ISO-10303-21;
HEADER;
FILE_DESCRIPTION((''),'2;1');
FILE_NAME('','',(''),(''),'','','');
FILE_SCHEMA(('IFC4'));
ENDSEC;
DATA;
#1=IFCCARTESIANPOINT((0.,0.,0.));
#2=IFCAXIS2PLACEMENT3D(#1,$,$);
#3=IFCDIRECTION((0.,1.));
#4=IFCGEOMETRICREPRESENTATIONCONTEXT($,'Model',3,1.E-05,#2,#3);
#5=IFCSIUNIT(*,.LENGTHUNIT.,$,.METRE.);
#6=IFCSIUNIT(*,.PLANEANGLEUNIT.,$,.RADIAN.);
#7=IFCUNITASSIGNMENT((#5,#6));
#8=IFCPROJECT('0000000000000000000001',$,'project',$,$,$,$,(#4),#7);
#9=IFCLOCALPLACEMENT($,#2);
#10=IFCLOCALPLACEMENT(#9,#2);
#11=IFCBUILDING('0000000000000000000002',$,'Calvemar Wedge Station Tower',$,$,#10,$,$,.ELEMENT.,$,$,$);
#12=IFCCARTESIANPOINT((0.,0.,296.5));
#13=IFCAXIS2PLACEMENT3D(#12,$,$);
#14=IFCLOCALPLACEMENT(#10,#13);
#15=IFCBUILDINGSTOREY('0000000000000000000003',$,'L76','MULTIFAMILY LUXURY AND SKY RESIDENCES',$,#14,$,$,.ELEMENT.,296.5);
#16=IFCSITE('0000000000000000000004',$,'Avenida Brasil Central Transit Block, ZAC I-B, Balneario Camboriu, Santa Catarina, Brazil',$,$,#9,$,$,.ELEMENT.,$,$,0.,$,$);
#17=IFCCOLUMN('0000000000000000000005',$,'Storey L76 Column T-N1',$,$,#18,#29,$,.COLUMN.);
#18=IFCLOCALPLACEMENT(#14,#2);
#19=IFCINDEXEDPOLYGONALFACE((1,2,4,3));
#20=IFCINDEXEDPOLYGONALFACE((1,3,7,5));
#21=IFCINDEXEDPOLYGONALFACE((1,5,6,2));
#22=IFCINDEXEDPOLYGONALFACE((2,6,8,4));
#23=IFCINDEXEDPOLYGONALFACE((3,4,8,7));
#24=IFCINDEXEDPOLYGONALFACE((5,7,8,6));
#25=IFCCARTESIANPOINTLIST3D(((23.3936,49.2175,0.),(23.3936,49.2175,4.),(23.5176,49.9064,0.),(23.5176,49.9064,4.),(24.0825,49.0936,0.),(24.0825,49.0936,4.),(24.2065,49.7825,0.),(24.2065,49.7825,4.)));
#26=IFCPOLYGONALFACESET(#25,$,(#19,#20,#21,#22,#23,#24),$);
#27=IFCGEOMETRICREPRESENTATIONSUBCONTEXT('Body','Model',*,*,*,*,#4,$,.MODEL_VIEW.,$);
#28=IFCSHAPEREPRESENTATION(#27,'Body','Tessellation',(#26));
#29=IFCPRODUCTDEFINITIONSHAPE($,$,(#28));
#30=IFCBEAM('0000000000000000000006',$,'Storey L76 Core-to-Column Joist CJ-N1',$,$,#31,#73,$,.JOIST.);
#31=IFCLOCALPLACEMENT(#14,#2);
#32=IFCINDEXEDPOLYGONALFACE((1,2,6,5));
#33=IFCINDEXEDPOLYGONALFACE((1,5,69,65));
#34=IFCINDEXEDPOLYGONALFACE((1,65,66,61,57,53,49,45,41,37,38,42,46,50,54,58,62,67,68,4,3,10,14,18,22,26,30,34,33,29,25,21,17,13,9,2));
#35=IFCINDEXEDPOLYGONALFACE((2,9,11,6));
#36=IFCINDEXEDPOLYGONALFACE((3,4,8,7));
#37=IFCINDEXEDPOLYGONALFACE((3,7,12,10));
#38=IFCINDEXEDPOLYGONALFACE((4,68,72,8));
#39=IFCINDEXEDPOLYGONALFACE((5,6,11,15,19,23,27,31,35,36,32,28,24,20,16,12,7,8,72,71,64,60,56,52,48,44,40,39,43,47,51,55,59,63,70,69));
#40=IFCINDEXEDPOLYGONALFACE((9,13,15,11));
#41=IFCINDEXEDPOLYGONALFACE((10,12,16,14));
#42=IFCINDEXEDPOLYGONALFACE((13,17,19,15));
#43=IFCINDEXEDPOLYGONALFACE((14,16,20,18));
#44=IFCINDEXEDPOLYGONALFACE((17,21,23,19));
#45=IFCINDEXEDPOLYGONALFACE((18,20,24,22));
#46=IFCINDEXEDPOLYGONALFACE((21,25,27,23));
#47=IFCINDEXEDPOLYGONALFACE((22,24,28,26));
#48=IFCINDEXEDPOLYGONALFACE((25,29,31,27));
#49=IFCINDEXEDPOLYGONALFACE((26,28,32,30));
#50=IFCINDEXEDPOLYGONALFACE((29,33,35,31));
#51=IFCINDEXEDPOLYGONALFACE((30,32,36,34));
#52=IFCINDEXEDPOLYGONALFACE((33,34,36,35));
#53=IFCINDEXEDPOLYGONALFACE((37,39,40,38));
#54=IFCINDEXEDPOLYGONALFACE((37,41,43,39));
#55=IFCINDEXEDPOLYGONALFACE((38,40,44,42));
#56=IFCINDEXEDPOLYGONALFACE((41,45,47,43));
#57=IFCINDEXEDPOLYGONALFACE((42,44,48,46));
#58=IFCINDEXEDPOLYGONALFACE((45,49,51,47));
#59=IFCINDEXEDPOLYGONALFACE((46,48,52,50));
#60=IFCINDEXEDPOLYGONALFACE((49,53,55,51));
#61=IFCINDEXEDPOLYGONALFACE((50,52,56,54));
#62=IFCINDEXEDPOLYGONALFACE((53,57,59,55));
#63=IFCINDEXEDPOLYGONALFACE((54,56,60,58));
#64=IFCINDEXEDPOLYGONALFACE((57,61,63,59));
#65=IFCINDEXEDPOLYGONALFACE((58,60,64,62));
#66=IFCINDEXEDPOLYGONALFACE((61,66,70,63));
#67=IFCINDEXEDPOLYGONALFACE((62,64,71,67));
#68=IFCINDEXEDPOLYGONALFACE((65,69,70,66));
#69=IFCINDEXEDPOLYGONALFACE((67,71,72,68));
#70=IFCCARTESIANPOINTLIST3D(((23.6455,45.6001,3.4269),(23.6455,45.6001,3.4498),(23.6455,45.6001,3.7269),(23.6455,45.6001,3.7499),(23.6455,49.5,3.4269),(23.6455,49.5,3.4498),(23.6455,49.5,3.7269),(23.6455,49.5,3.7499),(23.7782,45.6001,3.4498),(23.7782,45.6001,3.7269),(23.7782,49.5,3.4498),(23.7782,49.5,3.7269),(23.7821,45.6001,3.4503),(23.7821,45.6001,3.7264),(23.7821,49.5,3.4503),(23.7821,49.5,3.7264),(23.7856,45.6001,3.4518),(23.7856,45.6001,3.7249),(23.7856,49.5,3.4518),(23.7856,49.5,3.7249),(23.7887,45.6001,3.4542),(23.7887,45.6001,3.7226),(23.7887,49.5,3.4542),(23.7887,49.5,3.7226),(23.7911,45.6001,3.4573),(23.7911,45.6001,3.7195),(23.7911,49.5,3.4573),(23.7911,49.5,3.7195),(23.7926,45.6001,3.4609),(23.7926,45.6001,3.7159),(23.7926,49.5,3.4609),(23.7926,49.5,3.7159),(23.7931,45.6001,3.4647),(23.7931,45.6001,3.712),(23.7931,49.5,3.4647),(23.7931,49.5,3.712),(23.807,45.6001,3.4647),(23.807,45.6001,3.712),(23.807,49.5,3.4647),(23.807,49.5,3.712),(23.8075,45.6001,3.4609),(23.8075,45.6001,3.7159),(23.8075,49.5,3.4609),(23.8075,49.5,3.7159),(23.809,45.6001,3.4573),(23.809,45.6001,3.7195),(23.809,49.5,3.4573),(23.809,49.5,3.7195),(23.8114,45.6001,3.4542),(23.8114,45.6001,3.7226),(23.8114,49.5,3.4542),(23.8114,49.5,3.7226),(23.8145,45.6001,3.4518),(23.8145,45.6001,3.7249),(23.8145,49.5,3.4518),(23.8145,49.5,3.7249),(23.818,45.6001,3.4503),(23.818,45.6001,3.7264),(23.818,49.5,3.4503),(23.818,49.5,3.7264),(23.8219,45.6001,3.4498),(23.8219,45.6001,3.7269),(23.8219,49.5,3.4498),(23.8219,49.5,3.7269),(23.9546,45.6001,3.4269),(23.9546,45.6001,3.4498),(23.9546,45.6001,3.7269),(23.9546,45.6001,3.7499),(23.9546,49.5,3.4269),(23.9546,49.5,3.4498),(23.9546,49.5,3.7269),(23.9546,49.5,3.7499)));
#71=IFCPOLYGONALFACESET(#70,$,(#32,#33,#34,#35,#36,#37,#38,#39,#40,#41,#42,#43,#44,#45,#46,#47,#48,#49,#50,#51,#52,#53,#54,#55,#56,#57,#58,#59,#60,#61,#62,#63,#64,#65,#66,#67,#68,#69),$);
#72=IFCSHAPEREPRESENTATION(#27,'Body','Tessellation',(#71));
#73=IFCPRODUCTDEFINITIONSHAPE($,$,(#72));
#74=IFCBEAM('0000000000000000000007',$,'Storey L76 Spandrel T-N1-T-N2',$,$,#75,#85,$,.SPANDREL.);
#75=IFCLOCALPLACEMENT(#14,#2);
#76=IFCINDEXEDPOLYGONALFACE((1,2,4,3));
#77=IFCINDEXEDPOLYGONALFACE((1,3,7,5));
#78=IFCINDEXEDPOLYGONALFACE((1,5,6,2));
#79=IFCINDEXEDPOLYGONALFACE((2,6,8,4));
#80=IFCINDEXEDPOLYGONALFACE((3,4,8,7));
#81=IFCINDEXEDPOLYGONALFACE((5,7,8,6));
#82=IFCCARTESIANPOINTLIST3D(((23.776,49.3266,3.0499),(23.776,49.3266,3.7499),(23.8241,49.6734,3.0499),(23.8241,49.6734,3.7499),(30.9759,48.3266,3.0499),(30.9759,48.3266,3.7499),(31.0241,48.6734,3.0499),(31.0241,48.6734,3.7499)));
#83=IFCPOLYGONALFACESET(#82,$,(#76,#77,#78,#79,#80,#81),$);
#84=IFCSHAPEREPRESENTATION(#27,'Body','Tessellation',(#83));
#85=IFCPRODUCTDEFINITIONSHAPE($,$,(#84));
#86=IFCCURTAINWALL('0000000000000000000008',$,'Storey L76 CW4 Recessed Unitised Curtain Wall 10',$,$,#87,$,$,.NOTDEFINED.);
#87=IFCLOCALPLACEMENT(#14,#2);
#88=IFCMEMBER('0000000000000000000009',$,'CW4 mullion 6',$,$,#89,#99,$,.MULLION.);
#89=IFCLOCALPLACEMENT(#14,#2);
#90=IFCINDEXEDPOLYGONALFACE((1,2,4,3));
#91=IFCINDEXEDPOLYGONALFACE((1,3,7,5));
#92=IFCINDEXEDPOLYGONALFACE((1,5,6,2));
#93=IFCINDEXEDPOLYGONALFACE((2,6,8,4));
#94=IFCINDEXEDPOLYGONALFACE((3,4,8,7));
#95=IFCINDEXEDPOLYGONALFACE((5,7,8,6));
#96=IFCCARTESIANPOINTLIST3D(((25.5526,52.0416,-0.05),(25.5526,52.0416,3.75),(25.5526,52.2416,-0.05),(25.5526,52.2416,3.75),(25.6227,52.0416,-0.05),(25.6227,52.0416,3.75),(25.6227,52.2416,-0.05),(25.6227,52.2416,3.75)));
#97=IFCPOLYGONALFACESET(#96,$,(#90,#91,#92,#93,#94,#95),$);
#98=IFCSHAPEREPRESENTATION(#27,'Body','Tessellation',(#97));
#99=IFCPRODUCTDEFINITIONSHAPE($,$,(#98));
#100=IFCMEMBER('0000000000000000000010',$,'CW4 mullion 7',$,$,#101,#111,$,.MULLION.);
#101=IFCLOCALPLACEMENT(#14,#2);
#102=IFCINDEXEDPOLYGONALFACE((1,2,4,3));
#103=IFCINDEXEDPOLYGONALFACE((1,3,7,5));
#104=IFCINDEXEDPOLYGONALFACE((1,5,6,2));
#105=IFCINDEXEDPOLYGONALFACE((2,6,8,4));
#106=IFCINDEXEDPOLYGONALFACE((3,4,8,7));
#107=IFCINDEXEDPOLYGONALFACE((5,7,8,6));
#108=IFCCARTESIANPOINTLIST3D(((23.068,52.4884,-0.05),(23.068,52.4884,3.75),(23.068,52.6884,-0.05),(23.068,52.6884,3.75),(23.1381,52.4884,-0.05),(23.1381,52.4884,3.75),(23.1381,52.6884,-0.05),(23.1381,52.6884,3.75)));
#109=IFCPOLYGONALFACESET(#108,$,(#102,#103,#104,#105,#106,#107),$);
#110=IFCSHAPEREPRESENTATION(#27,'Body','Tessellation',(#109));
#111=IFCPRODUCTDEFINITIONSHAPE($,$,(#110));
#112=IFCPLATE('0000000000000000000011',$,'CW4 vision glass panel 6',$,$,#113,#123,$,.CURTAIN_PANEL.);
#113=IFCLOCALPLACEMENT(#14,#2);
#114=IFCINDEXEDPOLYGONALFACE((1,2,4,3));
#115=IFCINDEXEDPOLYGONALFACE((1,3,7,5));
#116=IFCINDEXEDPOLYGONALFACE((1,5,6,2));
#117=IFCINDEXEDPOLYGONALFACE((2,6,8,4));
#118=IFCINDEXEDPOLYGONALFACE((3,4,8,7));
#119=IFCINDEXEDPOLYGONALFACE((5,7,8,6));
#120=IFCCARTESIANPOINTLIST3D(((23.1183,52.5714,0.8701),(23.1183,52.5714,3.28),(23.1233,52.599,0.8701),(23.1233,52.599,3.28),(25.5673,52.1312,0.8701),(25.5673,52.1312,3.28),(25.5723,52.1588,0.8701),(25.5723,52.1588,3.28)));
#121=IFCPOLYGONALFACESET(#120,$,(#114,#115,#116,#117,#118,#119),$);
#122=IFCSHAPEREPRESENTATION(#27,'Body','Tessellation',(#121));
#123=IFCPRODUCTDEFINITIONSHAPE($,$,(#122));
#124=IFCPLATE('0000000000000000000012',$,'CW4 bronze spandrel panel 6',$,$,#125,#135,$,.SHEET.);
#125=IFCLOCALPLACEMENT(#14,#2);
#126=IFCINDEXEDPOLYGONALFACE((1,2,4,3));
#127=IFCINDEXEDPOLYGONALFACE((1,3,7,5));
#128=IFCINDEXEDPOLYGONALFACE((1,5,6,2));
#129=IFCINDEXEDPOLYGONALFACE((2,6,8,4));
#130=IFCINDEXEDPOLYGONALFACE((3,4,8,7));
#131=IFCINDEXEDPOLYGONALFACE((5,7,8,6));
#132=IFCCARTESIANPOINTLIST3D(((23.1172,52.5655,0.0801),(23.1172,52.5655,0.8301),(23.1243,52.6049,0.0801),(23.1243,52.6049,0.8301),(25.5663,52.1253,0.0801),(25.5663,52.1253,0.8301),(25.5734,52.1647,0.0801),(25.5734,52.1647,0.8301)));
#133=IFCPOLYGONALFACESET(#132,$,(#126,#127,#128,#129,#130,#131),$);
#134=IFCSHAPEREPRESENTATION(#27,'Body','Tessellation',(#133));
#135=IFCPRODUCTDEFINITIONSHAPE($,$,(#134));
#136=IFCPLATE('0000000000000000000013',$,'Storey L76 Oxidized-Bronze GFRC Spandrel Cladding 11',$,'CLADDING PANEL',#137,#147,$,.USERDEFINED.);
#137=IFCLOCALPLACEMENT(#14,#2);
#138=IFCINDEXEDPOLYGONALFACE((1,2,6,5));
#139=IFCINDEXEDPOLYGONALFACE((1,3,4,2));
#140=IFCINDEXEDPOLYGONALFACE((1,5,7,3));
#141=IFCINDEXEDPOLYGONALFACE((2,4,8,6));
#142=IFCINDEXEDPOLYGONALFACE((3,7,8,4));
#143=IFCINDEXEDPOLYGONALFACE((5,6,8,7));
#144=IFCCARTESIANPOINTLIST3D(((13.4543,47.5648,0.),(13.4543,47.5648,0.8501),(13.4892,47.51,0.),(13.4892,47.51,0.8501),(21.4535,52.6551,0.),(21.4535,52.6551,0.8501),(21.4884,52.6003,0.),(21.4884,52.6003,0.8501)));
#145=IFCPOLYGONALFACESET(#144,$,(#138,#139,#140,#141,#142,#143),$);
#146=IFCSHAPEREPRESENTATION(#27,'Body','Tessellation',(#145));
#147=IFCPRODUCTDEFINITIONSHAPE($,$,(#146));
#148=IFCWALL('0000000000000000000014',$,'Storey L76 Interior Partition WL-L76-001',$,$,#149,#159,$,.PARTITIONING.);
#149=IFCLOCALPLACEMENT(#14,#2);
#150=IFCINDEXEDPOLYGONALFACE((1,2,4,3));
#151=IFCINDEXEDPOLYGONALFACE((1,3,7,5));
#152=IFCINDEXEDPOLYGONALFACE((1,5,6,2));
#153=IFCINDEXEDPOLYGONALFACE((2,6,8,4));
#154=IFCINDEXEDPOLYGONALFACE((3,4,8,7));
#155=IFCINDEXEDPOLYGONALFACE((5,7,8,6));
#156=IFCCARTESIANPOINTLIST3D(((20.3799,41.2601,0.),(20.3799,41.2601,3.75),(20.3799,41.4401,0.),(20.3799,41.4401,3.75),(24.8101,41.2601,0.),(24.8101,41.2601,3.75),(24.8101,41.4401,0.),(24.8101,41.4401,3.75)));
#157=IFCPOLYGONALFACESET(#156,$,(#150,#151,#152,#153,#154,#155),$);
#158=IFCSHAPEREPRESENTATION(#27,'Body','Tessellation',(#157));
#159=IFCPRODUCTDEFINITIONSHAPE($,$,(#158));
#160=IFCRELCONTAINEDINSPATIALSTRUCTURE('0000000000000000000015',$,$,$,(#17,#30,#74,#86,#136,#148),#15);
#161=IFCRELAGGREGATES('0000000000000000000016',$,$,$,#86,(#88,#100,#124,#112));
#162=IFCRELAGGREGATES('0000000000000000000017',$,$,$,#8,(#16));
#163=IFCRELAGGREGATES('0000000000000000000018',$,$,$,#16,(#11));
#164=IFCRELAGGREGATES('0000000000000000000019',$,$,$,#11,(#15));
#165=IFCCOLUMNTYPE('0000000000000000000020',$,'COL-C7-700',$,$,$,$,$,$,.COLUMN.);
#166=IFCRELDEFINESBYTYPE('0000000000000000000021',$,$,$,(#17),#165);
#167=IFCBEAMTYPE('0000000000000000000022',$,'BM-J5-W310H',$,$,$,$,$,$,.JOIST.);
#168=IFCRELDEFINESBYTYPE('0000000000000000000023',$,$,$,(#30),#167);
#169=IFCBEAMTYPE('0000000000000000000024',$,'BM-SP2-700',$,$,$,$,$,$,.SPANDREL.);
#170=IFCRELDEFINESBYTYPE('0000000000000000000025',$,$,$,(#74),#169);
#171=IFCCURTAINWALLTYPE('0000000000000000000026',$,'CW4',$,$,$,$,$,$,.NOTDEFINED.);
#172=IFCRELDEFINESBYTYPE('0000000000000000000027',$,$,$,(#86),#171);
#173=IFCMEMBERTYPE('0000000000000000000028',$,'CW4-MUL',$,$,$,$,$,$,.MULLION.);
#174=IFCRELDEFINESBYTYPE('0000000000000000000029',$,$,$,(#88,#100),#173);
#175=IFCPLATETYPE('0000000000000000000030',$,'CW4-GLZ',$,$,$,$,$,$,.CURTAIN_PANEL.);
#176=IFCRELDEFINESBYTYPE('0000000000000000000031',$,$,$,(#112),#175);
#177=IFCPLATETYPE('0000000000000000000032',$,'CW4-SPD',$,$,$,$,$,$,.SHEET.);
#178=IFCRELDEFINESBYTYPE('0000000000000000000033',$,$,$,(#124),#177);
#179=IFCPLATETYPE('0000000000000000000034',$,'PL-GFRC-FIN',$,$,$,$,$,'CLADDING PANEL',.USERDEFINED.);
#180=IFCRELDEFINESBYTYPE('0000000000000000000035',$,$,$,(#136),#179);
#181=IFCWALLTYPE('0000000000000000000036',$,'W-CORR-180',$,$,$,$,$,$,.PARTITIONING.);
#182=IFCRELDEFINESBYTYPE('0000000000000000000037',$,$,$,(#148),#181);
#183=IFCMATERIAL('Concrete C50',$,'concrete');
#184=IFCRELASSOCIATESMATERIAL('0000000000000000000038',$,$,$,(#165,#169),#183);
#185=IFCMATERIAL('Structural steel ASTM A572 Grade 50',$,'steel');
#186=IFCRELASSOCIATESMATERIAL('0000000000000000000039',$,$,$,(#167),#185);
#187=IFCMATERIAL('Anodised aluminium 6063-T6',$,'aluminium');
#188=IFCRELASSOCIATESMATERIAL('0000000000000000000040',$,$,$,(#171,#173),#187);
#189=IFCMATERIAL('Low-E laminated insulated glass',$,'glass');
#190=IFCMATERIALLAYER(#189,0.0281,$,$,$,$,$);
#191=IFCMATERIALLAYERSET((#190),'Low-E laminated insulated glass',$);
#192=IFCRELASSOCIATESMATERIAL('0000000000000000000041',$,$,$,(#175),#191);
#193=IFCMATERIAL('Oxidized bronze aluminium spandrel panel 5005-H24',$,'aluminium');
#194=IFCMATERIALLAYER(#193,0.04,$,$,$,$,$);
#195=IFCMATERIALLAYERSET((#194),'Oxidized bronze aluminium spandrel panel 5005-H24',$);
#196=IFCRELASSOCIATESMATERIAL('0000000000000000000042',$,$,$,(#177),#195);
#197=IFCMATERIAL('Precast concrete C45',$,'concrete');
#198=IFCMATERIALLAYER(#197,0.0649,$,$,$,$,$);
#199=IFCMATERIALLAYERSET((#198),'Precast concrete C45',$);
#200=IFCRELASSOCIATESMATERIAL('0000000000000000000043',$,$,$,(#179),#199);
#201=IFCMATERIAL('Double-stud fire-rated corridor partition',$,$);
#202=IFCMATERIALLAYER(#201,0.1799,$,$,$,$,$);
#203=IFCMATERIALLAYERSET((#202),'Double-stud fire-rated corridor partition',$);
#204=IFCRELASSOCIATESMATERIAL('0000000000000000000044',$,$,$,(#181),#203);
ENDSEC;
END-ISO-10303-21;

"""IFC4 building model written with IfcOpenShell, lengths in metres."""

from ifc_helpers import new_model, si_unit, direction, frame, frame_2d, origin, origin_2d, place, context, subcontext, project, spatial, rectangle, i_section, extrude, source, transform, mapped, material, layer, layer_set, material_profile, profile_set, type_object, element, aggregate, save


model = new_model("IFC4")

# Units and contexts
model_context = context("Model", 3, precision=1e-05, world=origin(), true_north=direction((0.0, 1.0)))
body_context = subcontext(model_context, "Body", "Model", "MODEL_VIEW")
ifc_project = project(units=[si_unit("LENGTHUNIT", "METRE"), si_unit("PLANEANGLEUNIT", "RADIAN")], contexts=[model_context])

# Site, building, storey
site_placement = place(None, origin())
site = spatial("IfcSite", under=ifc_project, at=site_placement, Name="Avenida Brasil Central Transit Block, ZAC I-B, Balneario Camboriu, Santa Catarina, Brazil", CompositionType="ELEMENT", RefElevation=0.0)
building_placement = place(site_placement, origin())
building = spatial("IfcBuilding", under=site, at=building_placement, Name="Calvemar Wedge Station Tower", CompositionType="ELEMENT")
storey_placement = place(building_placement, frame((0.0, 0.0, 296.5)))
storey = spatial("IfcBuildingStorey", under=building, at=storey_placement, Name="L76", Description="MULTIFAMILY LUXURY AND SKY RESIDENCES", CompositionType="ELEMENT", Elevation=296.5)

# Column
ifc_material_1 = material(Name="Concrete C50", Category="concrete")
ifc_material_profile_1 = material_profile(ifc_material_1, rectangle(XDim=0.7, YDim=0.7, at=origin_2d()), Name="RC700x700")
ifc_profile_set_1 = profile_set([ifc_material_profile_1], Name="Concrete C50")
column_type = type_object("IfcColumnType", Name="COL-C7-700", PredefinedType="COLUMN", material=ifc_profile_set_1)
shared_shape_1 = source(origin(), body_context, "Body", "SweptSolid", [
    extrude(rectangle(XDim=0.7, YDim=0.7, at=origin_2d()), origin(), (0.0, 0.0, 1.0), 4.0),
])
column_placement = place(storey_placement, frame((23.8, 49.5, 0.0), z_axis=(0.0, 0.0, 1.0), x_axis=(0.984196, -0.177085, 0.0)))
element("IfcColumn", 1, at=column_placement, inside=storey, type_object=column_type, Name="Storey L76 Column T-N1", PredefinedType="COLUMN", context=body_context, shape_type="MappedRepresentation", body=[
    mapped(shared_shape_1, transform((0.0, 0.0, 0.0), scale=1.0)),
])

# Beams
ifc_material_2 = material(Name="Structural steel ASTM A572 Grade 50", Category="steel")
ifc_material_profile_2 = material_profile(ifc_material_2, i_section(OverallWidth=0.3091, OverallDepth=0.323, WebThickness=0.0139, FlangeThickness=0.0229, FilletRadius=0.0149, at=origin_2d()), Name="W310x143")
ifc_profile_set_2 = profile_set([ifc_material_profile_2], Name="Structural steel ASTM A572 Grade 50")
beam_type_1 = type_object("IfcBeamType", Name="BM-J5-W310H", PredefinedType="JOIST", material=ifc_profile_set_2)
shared_shape_2 = source(origin(), body_context, "Body", "SweptSolid", [
    extrude(i_section(OverallWidth=0.3091, OverallDepth=0.323, WebThickness=0.0139, FlangeThickness=0.0229, FilletRadius=0.0149, at=origin_2d()), origin(), (0.0, 0.0, 1.0), 3.8999),
])
beam_1_placement = place(storey_placement, frame((23.8, 45.6001, 3.5884), z_axis=(0.0, 1.0, 0.0), x_axis=(-1.0, 0.0, 0.0)))
element("IfcBeam", 2, at=beam_1_placement, inside=storey, type_object=beam_type_1, Name="Storey L76 Core-to-Column Joist CJ-N1", PredefinedType="JOIST", context=body_context, shape_type="MappedRepresentation", body=[
    mapped(shared_shape_2, transform((0.0, 0.0, 0.0), scale=1.0)),
])
ifc_material_profile_3 = material_profile(ifc_material_1, rectangle(XDim=0.3501, YDim=0.7, at=origin_2d()), Name="RC350x700")
ifc_profile_set_3 = profile_set([ifc_material_profile_3], Name="Concrete C50")
beam_type_2 = type_object("IfcBeamType", Name="BM-SP2-700", PredefinedType="SPANDREL", material=ifc_profile_set_3)
shared_shape_3 = source(origin(), body_context, "Body", "SweptSolid", [
    extrude(rectangle(XDim=0.3501, YDim=0.7, at=origin_2d()), origin(), (0.0, 0.0, 1.0), 7.269),
])
beam_2_placement = place(storey_placement, frame((23.8, 49.5, 3.3999), z_axis=(0.990492, -0.137569, 0.0), x_axis=(0.137569, 0.990492, 0.0)))
element("IfcBeam", 3, at=beam_2_placement, inside=storey, type_object=beam_type_2, Name="Storey L76 Spandrel T-N1-T-N2", PredefinedType="SPANDREL", context=body_context, shape_type="MappedRepresentation", body=[
    mapped(shared_shape_3, transform((0.0, 0.0, 0.0), scale=1.0)),
])

# Curtain wall, members, plates
ifc_material_3 = material(Name="Anodised aluminium 6063-T6", Category="aluminium")
curtain_wall_type = type_object("IfcCurtainWallType", Name="CW4", PredefinedType="NOTDEFINED", material=ifc_material_3)
curtain_wall_placement = place(storey_placement, origin())
curtain_wall = element("IfcCurtainWall", 4, at=curtain_wall_placement, inside=storey, type_object=curtain_wall_type, Name="Storey L76 CW4 Recessed Unitised Curtain Wall 10", PredefinedType="NOTDEFINED")
ifc_material_profile_4 = material_profile(ifc_material_3, rectangle(XDim=0.0701, YDim=0.2, at=origin_2d()), Name="AL-MUL-70x200")
ifc_profile_set_4 = profile_set([ifc_material_profile_4], Name="Anodised aluminium 6063-T6")
member_type = type_object("IfcMemberType", Name="CW4-MUL", PredefinedType="MULLION", material=ifc_profile_set_4)
shared_shape_4 = source(origin(), body_context, "Body", "SweptSolid", [
    extrude(rectangle(XDim=0.0701, YDim=0.2, at=origin_2d()), origin(), (0.0, 0.0, 1.0), 3.8),
])
member_1_placement = place(storey_placement, frame((25.5876, 52.1416, -0.05), z_axis=(0.0, 0.0, 1.0), x_axis=(1.0, 0.0, 0.0)))
member_1 = element("IfcMember", 5, at=member_1_placement, type_object=member_type, Name="CW4 mullion 6", PredefinedType="MULLION", context=body_context, shape_type="MappedRepresentation", body=[
    mapped(shared_shape_4, transform((0.0, 0.0, 0.0), scale=1.0)),
])
member_2_placement = place(storey_placement, frame((23.103, 52.5884, -0.05), z_axis=(0.0, 0.0, 1.0), x_axis=(1.0, 0.0, 0.0)))
member_2 = element("IfcMember", 6, at=member_2_placement, type_object=member_type, Name="CW4 mullion 7", PredefinedType="MULLION", context=body_context, shape_type="MappedRepresentation", body=[
    mapped(shared_shape_4, transform((0.0, 0.0, 0.0), scale=1.0)),
])
ifc_material_4 = material(Name="Low-E laminated insulated glass", Category="glass")
ifc_layer_1 = layer(ifc_material_4, 0.0281)
ifc_layer_set_1 = layer_set([ifc_layer_1], Name="Low-E laminated insulated glass")
plate_type_1 = type_object("IfcPlateType", Name="CW4-GLZ", PredefinedType="CURTAIN_PANEL", material=ifc_layer_set_1)
plate_1_placement = place(storey_placement, frame((25.5698, 52.145, 0.8701), z_axis=(0.0, 0.0, 1.0), x_axis=(-0.984227, 0.176908, 0.0)))
plate_1 = element("IfcPlate", 7, at=plate_1_placement, type_object=plate_type_1, Name="CW4 vision glass panel 6", PredefinedType="CURTAIN_PANEL", context=body_context, shape_type="SweptSolid", body=[
    extrude(rectangle(XDim=2.4883, YDim=0.0281, at=frame_2d((1.2441, 0.0))), origin(), (0.0, 0.0, 1.0), 2.4099),
])
ifc_material_5 = material(Name="Oxidized bronze aluminium spandrel panel 5005-H24", Category="aluminium")
ifc_layer_2 = layer(ifc_material_5, 0.04)
ifc_layer_set_2 = layer_set([ifc_layer_2], Name="Oxidized bronze aluminium spandrel panel 5005-H24")
plate_type_2 = type_object("IfcPlateType", Name="CW4-SPD", PredefinedType="SHEET", material=ifc_layer_set_2)
plate_2_placement = place(storey_placement, frame((25.5698, 52.145, 0.0801), z_axis=(0.0, 0.0, 1.0), x_axis=(-0.984227, 0.176908, 0.0)))
plate_2 = element("IfcPlate", 8, at=plate_2_placement, type_object=plate_type_2, Name="CW4 bronze spandrel panel 6", PredefinedType="SHEET", context=body_context, shape_type="SweptSolid", body=[
    extrude(rectangle(XDim=2.4883, YDim=0.04, at=frame_2d((1.2441, 0.0))), origin(), (0.0, 0.0, 1.0), 0.75),
])
aggregate(curtain_wall, [member_1, member_2, plate_2, plate_1])

# Plate
ifc_material_6 = material(Name="Precast concrete C45", Category="concrete")
ifc_layer_3 = layer(ifc_material_6, 0.0649)
ifc_layer_set_3 = layer_set([ifc_layer_3], Name="Precast concrete C45")
plate_type_3 = type_object("IfcPlateType", Name="PL-GFRC-FIN", ElementType="CLADDING PANEL", PredefinedType="USERDEFINED", material=ifc_layer_set_3)
plate_3_placement = place(storey_placement, frame((21.4709, 52.6277, 0.0), z_axis=(0.0, 0.0, 1.0), x_axis=(-0.843667, -0.536867, 0.0)))
element("IfcPlate", 9, at=plate_3_placement, inside=storey, type_object=plate_type_3, Name="Storey L76 Oxidized-Bronze GFRC Spandrel Cladding 11", ObjectType="CLADDING PANEL", PredefinedType="USERDEFINED", context=body_context, shape_type="SweptSolid", body=[
    extrude(rectangle(XDim=9.4814, YDim=0.0649, at=frame_2d((4.7407, 0.0))), origin(), (0.0, 0.0, 1.0), 0.8501),
])

# Wall
ifc_material_7 = material(Name="Double-stud fire-rated corridor partition")
ifc_layer_4 = layer(ifc_material_7, 0.1799)
ifc_layer_set_4 = layer_set([ifc_layer_4], Name="Double-stud fire-rated corridor partition")
wall_type_1 = type_object("IfcWallType", Name="W-CORR-180", PredefinedType="PARTITIONING", material=ifc_layer_set_4)
wall_1_placement = place(storey_placement, frame((24.8101, 41.3501, 0.0), z_axis=(0.0, 0.0, 1.0), x_axis=(-1.0, 0.0, 0.0)))
element("IfcWall", 10, at=wall_1_placement, inside=storey, type_object=wall_type_1, Name="Storey L76 Interior Partition WL-L76-001", PredefinedType="PARTITIONING", context=body_context, shape_type="SweptSolid", body=[
    extrude(rectangle(XDim=4.4302, YDim=0.1799, at=frame_2d((2.2151, 0.0))), origin(), (0.0, 0.0, 1.0), 3.75),
])

save(model, "model.ifc")
